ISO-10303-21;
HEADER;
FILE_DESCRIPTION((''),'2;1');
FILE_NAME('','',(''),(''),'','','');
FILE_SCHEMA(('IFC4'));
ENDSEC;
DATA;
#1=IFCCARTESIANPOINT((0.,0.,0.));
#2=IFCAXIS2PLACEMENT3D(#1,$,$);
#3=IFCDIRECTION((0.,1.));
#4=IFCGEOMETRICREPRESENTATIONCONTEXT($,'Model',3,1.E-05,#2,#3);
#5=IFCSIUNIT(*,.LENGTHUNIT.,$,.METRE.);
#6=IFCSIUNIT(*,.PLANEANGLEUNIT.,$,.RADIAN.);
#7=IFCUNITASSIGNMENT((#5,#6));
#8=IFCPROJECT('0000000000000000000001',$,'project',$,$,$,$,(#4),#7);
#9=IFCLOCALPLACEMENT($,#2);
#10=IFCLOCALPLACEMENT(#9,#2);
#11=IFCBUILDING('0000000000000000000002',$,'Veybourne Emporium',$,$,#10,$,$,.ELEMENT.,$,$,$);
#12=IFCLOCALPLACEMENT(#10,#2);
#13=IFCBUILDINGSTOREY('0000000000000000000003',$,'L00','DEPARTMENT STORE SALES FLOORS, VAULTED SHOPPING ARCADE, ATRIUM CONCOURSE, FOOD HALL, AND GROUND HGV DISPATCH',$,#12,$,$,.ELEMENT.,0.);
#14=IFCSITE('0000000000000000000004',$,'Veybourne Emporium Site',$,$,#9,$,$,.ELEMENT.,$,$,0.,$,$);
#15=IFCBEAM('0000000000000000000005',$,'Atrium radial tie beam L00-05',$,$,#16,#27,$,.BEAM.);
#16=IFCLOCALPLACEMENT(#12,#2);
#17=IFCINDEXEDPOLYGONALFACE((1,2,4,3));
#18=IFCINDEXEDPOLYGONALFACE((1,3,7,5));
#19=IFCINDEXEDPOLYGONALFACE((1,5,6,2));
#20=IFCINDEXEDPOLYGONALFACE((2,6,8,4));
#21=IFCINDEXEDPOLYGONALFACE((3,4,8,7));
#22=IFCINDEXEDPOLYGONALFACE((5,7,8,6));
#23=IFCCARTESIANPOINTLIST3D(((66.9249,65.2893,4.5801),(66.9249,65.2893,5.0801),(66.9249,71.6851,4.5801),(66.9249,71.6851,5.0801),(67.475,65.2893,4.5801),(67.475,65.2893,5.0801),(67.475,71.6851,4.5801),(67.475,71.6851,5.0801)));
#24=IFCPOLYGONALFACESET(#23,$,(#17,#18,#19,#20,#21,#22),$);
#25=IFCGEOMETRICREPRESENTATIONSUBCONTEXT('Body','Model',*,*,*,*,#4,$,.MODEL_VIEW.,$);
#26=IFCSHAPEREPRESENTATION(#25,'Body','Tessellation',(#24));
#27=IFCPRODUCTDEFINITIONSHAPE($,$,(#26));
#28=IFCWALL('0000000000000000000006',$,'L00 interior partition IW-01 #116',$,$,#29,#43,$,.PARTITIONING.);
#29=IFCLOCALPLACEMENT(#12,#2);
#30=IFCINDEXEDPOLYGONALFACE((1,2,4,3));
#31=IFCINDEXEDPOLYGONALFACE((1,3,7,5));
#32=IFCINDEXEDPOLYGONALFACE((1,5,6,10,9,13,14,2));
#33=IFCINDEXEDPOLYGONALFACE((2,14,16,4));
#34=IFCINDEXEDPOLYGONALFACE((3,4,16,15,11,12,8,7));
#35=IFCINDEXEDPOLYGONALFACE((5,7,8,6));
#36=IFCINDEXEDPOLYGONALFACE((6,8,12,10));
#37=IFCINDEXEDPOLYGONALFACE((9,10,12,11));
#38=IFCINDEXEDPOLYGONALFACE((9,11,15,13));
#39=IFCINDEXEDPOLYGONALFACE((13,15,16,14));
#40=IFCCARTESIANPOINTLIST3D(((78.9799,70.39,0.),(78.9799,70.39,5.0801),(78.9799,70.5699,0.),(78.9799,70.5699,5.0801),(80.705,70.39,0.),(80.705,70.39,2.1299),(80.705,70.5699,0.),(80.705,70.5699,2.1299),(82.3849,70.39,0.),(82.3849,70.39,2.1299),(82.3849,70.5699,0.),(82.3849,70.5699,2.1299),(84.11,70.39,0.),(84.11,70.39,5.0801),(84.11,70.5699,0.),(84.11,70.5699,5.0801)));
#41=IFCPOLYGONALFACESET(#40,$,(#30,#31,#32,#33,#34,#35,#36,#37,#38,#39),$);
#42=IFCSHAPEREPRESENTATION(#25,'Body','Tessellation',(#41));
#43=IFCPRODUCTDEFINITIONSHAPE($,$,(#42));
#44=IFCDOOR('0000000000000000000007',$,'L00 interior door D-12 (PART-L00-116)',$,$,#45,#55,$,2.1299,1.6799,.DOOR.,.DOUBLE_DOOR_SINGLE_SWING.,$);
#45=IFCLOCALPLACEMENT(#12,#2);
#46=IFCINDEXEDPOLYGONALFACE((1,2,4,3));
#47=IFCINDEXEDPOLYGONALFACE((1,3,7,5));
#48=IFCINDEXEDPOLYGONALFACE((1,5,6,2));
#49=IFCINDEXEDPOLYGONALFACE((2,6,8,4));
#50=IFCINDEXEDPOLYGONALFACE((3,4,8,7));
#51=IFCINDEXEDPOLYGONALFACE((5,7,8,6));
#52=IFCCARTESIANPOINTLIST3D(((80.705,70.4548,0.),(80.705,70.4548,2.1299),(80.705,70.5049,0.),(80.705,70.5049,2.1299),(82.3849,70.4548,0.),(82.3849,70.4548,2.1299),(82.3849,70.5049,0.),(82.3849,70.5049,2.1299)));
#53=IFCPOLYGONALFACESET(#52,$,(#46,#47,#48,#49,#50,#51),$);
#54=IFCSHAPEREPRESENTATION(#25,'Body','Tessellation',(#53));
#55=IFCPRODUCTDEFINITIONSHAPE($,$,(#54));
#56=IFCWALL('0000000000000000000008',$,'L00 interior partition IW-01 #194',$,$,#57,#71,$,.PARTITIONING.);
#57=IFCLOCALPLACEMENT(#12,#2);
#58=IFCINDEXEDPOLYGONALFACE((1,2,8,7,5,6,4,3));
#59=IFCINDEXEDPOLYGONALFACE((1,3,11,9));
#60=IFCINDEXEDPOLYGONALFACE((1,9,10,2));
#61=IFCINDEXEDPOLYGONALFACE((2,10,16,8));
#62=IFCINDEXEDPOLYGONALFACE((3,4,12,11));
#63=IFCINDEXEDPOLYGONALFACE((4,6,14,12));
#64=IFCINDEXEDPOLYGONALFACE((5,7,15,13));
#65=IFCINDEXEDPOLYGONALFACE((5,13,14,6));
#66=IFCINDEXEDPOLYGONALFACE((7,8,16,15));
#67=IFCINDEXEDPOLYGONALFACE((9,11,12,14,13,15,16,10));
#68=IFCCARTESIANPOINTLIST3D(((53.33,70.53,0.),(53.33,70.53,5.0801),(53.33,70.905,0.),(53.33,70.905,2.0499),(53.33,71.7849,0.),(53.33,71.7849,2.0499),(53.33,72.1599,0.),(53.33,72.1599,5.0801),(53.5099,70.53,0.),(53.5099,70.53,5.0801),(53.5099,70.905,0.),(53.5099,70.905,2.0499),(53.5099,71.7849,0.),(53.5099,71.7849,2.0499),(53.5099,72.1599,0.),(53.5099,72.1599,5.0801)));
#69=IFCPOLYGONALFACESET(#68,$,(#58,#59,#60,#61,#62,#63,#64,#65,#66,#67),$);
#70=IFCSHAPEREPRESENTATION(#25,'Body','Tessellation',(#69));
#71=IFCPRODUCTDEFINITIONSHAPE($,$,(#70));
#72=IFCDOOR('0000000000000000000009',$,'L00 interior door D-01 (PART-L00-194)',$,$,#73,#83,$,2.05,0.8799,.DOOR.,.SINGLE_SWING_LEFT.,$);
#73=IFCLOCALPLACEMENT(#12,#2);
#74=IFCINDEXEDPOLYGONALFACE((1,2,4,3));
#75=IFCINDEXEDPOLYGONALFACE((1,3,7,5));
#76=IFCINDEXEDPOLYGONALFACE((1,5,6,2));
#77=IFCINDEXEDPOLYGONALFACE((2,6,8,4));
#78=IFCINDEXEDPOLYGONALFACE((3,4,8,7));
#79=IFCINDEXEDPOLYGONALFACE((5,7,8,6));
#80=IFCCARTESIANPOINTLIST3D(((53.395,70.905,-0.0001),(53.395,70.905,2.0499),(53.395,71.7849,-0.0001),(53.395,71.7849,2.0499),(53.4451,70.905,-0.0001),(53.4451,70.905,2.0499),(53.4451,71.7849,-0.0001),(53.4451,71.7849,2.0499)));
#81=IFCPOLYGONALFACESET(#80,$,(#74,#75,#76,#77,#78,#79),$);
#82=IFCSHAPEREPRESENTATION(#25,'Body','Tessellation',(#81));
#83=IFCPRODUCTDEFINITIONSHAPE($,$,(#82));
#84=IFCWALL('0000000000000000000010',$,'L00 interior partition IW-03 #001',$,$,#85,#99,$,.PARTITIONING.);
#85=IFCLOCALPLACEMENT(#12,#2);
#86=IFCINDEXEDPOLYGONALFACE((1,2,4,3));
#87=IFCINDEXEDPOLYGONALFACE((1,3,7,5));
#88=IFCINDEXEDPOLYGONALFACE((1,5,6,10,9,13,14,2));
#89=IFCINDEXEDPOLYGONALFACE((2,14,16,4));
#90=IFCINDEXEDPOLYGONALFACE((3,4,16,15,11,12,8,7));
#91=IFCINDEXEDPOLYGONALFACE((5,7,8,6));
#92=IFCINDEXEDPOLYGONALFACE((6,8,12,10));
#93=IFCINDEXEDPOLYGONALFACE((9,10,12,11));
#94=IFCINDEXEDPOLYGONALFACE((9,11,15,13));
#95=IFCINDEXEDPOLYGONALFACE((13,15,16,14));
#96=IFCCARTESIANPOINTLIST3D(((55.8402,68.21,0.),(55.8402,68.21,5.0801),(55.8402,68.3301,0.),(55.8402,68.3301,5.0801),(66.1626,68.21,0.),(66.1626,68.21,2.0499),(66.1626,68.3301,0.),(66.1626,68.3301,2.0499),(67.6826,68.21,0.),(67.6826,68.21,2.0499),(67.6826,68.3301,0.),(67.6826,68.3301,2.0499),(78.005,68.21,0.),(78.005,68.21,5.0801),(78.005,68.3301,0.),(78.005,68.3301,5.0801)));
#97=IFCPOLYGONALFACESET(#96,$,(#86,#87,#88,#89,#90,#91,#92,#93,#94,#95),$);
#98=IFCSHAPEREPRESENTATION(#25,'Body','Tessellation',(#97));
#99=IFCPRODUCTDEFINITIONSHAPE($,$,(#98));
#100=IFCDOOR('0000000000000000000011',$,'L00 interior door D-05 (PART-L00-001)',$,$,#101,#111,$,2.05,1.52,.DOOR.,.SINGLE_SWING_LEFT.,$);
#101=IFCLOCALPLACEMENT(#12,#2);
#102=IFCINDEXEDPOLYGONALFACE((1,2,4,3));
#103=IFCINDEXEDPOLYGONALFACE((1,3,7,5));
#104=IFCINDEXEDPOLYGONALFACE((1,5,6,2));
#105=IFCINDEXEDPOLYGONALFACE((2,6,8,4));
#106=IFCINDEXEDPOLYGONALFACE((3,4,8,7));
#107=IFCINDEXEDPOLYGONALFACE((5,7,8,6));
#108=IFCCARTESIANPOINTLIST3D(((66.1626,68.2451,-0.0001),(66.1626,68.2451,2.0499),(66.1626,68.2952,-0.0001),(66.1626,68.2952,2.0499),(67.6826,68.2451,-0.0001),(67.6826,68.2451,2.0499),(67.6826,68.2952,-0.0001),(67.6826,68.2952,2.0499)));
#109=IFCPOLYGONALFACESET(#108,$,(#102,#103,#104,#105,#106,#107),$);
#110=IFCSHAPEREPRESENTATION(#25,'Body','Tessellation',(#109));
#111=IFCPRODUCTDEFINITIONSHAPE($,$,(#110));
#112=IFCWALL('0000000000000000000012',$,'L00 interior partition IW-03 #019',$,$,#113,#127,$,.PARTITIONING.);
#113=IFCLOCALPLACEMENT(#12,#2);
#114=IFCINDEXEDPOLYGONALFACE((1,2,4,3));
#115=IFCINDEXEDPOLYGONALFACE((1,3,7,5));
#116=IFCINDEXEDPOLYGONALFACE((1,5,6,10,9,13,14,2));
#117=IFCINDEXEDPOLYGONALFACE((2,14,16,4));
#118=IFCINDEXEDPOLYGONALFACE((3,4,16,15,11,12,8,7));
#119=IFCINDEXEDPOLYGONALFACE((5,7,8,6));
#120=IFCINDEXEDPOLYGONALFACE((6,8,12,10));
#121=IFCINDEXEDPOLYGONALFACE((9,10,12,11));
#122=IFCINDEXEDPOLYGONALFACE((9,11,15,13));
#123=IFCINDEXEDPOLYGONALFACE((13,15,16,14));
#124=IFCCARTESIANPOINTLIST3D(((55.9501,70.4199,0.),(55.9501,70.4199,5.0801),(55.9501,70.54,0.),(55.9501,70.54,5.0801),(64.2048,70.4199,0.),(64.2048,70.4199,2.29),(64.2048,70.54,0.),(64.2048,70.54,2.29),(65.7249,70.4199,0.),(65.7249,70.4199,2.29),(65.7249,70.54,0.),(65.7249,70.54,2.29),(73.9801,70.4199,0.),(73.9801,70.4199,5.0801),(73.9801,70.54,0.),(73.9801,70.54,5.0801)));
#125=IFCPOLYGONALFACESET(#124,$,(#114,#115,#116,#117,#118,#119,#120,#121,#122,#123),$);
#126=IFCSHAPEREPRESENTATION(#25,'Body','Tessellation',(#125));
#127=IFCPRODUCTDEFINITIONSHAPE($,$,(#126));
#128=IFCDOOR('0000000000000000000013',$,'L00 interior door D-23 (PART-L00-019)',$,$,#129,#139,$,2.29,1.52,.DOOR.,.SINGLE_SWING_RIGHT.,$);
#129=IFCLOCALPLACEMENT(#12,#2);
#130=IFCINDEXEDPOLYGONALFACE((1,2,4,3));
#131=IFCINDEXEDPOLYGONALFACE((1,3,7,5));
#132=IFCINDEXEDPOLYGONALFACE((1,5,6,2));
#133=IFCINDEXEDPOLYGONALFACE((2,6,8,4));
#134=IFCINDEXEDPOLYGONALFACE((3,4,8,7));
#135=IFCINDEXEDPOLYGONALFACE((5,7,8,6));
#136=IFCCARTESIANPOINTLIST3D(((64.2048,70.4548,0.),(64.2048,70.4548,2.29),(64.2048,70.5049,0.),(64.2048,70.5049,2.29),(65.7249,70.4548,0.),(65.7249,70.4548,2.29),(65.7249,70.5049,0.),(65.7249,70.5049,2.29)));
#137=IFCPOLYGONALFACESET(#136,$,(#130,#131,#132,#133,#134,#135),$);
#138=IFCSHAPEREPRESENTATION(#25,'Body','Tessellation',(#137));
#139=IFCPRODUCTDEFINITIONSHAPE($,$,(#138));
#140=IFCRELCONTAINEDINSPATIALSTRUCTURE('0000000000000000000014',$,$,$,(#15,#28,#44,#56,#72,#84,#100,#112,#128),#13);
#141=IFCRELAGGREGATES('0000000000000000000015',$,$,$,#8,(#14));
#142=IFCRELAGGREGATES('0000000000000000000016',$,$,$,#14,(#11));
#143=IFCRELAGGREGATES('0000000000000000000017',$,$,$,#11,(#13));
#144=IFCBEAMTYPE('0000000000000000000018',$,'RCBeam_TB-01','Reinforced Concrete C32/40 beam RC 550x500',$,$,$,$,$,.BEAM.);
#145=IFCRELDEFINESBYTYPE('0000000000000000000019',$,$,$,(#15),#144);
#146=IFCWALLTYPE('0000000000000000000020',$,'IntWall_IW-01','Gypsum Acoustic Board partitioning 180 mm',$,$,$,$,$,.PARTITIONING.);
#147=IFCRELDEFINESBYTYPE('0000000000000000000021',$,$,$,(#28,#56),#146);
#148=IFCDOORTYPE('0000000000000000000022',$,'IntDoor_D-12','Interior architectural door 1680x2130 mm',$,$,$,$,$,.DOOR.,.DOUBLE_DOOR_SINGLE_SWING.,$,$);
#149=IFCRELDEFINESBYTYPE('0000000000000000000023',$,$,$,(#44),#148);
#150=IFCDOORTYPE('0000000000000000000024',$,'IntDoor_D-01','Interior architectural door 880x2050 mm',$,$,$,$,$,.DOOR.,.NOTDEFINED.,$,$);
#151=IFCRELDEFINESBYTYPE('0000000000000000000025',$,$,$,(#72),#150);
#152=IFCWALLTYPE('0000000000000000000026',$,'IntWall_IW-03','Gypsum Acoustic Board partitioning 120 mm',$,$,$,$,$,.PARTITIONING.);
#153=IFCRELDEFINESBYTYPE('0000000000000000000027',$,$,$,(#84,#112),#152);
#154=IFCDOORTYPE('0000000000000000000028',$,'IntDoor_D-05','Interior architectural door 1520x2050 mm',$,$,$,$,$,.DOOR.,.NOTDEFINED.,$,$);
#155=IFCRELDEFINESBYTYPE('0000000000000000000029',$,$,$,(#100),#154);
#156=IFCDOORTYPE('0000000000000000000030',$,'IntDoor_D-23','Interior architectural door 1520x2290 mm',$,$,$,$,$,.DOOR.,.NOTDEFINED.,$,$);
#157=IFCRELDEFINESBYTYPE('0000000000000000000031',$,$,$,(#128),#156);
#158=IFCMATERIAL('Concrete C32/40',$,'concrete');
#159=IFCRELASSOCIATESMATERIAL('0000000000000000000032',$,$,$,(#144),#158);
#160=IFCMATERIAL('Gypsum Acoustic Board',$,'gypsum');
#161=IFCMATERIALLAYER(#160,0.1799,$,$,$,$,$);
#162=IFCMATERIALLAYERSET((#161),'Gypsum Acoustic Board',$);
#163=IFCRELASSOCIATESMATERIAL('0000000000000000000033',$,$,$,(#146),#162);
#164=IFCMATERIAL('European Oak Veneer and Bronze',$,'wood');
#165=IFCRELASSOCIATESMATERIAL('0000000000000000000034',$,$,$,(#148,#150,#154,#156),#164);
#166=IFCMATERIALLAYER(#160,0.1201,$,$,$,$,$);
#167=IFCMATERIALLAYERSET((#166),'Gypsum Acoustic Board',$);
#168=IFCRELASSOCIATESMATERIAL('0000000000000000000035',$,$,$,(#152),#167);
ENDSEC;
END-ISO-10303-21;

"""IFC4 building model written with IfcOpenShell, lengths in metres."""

from ifc_helpers import new_model, si_unit, direction, frame, frame_2d, origin, origin_2d, place, context, subcontext, project, spatial, rectangle, extrude, material, layer, layer_set, material_profile, profile_set, type_object, element, fill, save


model = new_model("IFC4")

# Units and contexts
model_context = context("Model", 3, precision=1e-05, world=origin(), true_north=direction((0.0, 1.0)))
body_context = subcontext(model_context, "Body", "Model", "MODEL_VIEW")
ifc_project = project(units=[si_unit("LENGTHUNIT", "METRE"), si_unit("PLANEANGLEUNIT", "RADIAN")], contexts=[model_context])

# Site, building, storey
site_placement = place(None, origin())
site = spatial("IfcSite", under=ifc_project, at=site_placement, Name="Veybourne Emporium Site", CompositionType="ELEMENT", RefElevation=0.0)
building_placement = place(site_placement, origin())
building = spatial("IfcBuilding", under=site, at=building_placement, Name="Veybourne Emporium", CompositionType="ELEMENT")
storey_placement = place(building_placement, origin())
storey = spatial("IfcBuildingStorey", under=building, at=storey_placement, Name="L00", Description="DEPARTMENT STORE SALES FLOORS, VAULTED SHOPPING ARCADE, ATRIUM CONCOURSE, FOOD HALL, AND GROUND HGV DISPATCH", CompositionType="ELEMENT", Elevation=0.0)

# Beam
ifc_material_1 = material(Name="Concrete C32/40", Category="concrete")
ifc_material_profile_1 = material_profile(ifc_material_1, rectangle(XDim=0.55, YDim=0.5, at=origin_2d()), Name="RC 550x500")
ifc_profile_set_1 = profile_set([ifc_material_profile_1], Name="Concrete C32/40")
beam_type_1 = type_object("IfcBeamType", Name="RCBeam_TB-01", Description="Reinforced Concrete C32/40 beam RC 550x500", PredefinedType="BEAM", material=ifc_profile_set_1)
beam_1_placement = place(storey_placement, frame((67.2, 65.2893, 4.8301), z_axis=(0.0, 1.0, 0.0), x_axis=(-1.0, 0.0, 0.0)))
element("IfcBeam", 1, at=beam_1_placement, inside=storey, type_object=beam_type_1, Name="Atrium radial tie beam L00-05", PredefinedType="BEAM", context=body_context, shape_type="SweptSolid", body=[
    extrude(rectangle(XDim=0.55, YDim=0.5, at=origin_2d()), origin(), (0.0, 0.0, 1.0), 6.3958),
])

# Walls, openings, doors
ifc_material_2 = material(Name="Gypsum Acoustic Board", Category="gypsum")
ifc_layer_1 = layer(ifc_material_2, 0.1799)
ifc_layer_set_1 = layer_set([ifc_layer_1], Name="Gypsum Acoustic Board")
wall_type_1 = type_object("IfcWallType", Name="IntWall_IW-01", Description="Gypsum Acoustic Board partitioning 180 mm", PredefinedType="PARTITIONING", material=ifc_layer_set_1)
wall_1_placement = place(storey_placement, frame((78.98, 70.48, 0.0), z_axis=(0.0, 0.0, 1.0), x_axis=(1.0, 0.0, 0.0)))
wall_1 = element("IfcWall", 2, at=wall_1_placement, inside=storey, type_object=wall_type_1, Name="L00 interior partition IW-01 #116", PredefinedType="PARTITIONING", context=body_context, shape_type="SweptSolid", body=[
    extrude(rectangle(XDim=5.1301, YDim=0.1799, at=frame_2d((2.5649, 0.0))), origin(), (0.0, 0.0, 1.0), 5.0801),
])
opening_1_placement = place(wall_1_placement, frame((1.7251, 0.0, 0.0)))
opening_1 = element("IfcOpeningElement", 3, at=opening_1_placement, cuts=wall_1, PredefinedType="OPENING", context=body_context, shape_type="SweptSolid", body=[
    extrude(rectangle(XDim=1.6799, YDim=2.1299, at=frame_2d((0.8398, 1.0649))), frame((0.0, 0.1099, 0.0), z_axis=(0.0, -1.0, 0.0), x_axis=(1.0, 0.0, 0.0)), (0.0, 0.0, 1.0), 0.22),
])
ifc_material_3 = material(Name="European Oak Veneer and Bronze", Category="wood")
door_type_1 = type_object("IfcDoorType", Name="IntDoor_D-12", Description="Interior architectural door 1680x2130 mm", OperationType="DOUBLE_DOOR_SINGLE_SWING", PredefinedType="DOOR", material=ifc_material_3)
door_1_placement = place(opening_1_placement, origin())
door_1 = element("IfcDoor", 4, at=door_1_placement, inside=storey, type_object=door_type_1, Name="L00 interior door D-12 (PART-L00-116)", OperationType="DOUBLE_DOOR_SINGLE_SWING", OverallHeight=2.1299, OverallWidth=1.6799, PredefinedType="DOOR", context=body_context, shape_type="SweptSolid", body=[
    extrude(rectangle(XDim=1.6799, YDim=2.1299, at=frame_2d((0.8398, 1.0649))), frame((0.0, 0.0249, 0.0), z_axis=(0.0, -1.0, 0.0), x_axis=(1.0, 0.0, 0.0)), (0.0, 0.0, 1.0), 0.05),
])
fill(opening_1, door_1)
wall_2_placement = place(storey_placement, frame((53.4199, 70.53, 0.0), z_axis=(0.0, 0.0, 1.0), x_axis=(0.0, 1.0, 0.0)))
wall_2 = element("IfcWall", 5, at=wall_2_placement, inside=storey, type_object=wall_type_1, Name="L00 interior partition IW-01 #194", PredefinedType="PARTITIONING", context=body_context, shape_type="SweptSolid", body=[
    extrude(rectangle(XDim=1.6299, YDim=0.1799, at=frame_2d((0.8149, 0.0))), origin(), (0.0, 0.0, 1.0), 5.0801),
])
opening_2_placement = place(wall_2_placement, frame((0.375, 0.0, 0.0)))
opening_2 = element("IfcOpeningElement", 6, at=opening_2_placement, cuts=wall_2, PredefinedType="OPENING", context=body_context, shape_type="SweptSolid", body=[
    extrude(rectangle(XDim=0.8799, YDim=2.05, at=frame_2d((0.4399, 1.0249))), frame((0.0, 0.1099, 0.0), z_axis=(0.0, -1.0, 0.0), x_axis=(1.0, 0.0, 0.0)), (0.0, 0.0, 1.0), 0.22),
])
door_type_2 = type_object("IfcDoorType", Name="IntDoor_D-01", Description="Interior architectural door 880x2050 mm", OperationType="NOTDEFINED", PredefinedType="DOOR", material=ifc_material_3)
door_2_placement = place(opening_2_placement, origin())
door_2 = element("IfcDoor", 7, at=door_2_placement, inside=storey, type_object=door_type_2, Name="L00 interior door D-01 (PART-L00-194)", OperationType="SINGLE_SWING_LEFT", OverallHeight=2.05, OverallWidth=0.8799, PredefinedType="DOOR", context=body_context, shape_type="SweptSolid", body=[
    extrude(rectangle(XDim=0.8799, YDim=2.05, at=frame_2d((0.4399, 1.0249))), frame((0.0, 0.0249, 0.0), z_axis=(0.0, -1.0, 0.0), x_axis=(1.0, 0.0, 0.0)), (0.0, 0.0, 1.0), 0.05),
])
fill(opening_2, door_2)
ifc_layer_2 = layer(ifc_material_2, 0.1201)
ifc_layer_set_2 = layer_set([ifc_layer_2], Name="Gypsum Acoustic Board")
wall_type_2 = type_object("IfcWallType", Name="IntWall_IW-03", Description="Gypsum Acoustic Board partitioning 120 mm", PredefinedType="PARTITIONING", material=ifc_layer_set_2)
wall_3_placement = place(storey_placement, frame((55.8401, 68.27, 0.0), z_axis=(0.0, 0.0, 1.0), x_axis=(1.0, 0.0, 0.0)))
wall_3 = element("IfcWall", 8, at=wall_3_placement, inside=storey, type_object=wall_type_2, Name="L00 interior partition IW-03 #001", PredefinedType="PARTITIONING", context=body_context, shape_type="SweptSolid", body=[
    extrude(rectangle(XDim=22.1648, YDim=0.1201, at=frame_2d((11.0825, 0.0))), origin(), (0.0, 0.0, 1.0), 5.0801),
])
opening_3_placement = place(wall_3_placement, frame((10.3225, 0.0, 0.0)))
opening_3 = element("IfcOpeningElement", 9, at=opening_3_placement, cuts=wall_3, PredefinedType="OPENING", context=body_context, shape_type="SweptSolid", body=[
    extrude(rectangle(XDim=1.52, YDim=2.05, at=frame_2d((0.76, 1.0249))), frame((0.0, 0.0801, 0.0), z_axis=(0.0, -1.0, 0.0), x_axis=(1.0, 0.0, 0.0)), (0.0, 0.0, 1.0), 0.1602),
])
door_type_3 = type_object("IfcDoorType", Name="IntDoor_D-05", Description="Interior architectural door 1520x2050 mm", OperationType="NOTDEFINED", PredefinedType="DOOR", material=ifc_material_3)
door_3_placement = place(opening_3_placement, frame((1.52, 0.0, 0.0), z_axis=(0.0, 0.0, 1.0), x_axis=(-1.0, 0.0, 0.0)))
door_3 = element("IfcDoor", 10, at=door_3_placement, inside=storey, type_object=door_type_3, Name="L00 interior door D-05 (PART-L00-001)", OperationType="SINGLE_SWING_LEFT", OverallHeight=2.05, OverallWidth=1.52, PredefinedType="DOOR", context=body_context, shape_type="SweptSolid", body=[
    extrude(rectangle(XDim=1.52, YDim=2.05, at=frame_2d((0.76, 1.0249))), frame((0.0, 0.0249, 0.0), z_axis=(0.0, -1.0, 0.0), x_axis=(1.0, 0.0, 0.0)), (0.0, 0.0, 1.0), 0.05),
])
fill(opening_3, door_3)
wall_4_placement = place(storey_placement, frame((55.95, 70.48, 0.0), z_axis=(0.0, 0.0, 1.0), x_axis=(1.0, 0.0, 0.0)))
wall_4 = element("IfcWall", 11, at=wall_4_placement, inside=storey, type_object=wall_type_2, Name="L00 interior partition IW-03 #019", PredefinedType="PARTITIONING", context=body_context, shape_type="SweptSolid", body=[
    extrude(rectangle(XDim=18.03, YDim=0.1201, at=frame_2d((9.0151, 0.0))), origin(), (0.0, 0.0, 1.0), 5.0801),
])
opening_4_placement = place(wall_4_placement, frame((8.2549, 0.0, 0.0)))
opening_4 = element("IfcOpeningElement", 12, at=opening_4_placement, cuts=wall_4, PredefinedType="OPENING", context=body_context, shape_type="SweptSolid", body=[
    extrude(rectangle(XDim=1.52, YDim=2.29, at=frame_2d((0.76, 1.145))), frame((0.0, 0.0801, 0.0), z_axis=(0.0, -1.0, 0.0), x_axis=(1.0, 0.0, 0.0)), (0.0, 0.0, 1.0), 0.1602),
])
door_type_4 = type_object("IfcDoorType", Name="IntDoor_D-23", Description="Interior architectural door 1520x2290 mm", OperationType="NOTDEFINED", PredefinedType="DOOR", material=ifc_material_3)
door_4_placement = place(opening_4_placement, origin())
door_4 = element("IfcDoor", 13, at=door_4_placement, inside=storey, type_object=door_type_4, Name="L00 interior door D-23 (PART-L00-019)", OperationType="SINGLE_SWING_RIGHT", OverallHeight=2.29, OverallWidth=1.52, PredefinedType="DOOR", context=body_context, shape_type="SweptSolid", body=[
    extrude(rectangle(XDim=1.52, YDim=2.29, at=frame_2d((0.76, 1.145))), frame((0.0, 0.0249, 0.0), z_axis=(0.0, -1.0, 0.0), x_axis=(1.0, 0.0, 0.0)), (0.0, 0.0, 1.0), 0.05),
])
fill(opening_4, door_4)

save(model, "model.ifc")
